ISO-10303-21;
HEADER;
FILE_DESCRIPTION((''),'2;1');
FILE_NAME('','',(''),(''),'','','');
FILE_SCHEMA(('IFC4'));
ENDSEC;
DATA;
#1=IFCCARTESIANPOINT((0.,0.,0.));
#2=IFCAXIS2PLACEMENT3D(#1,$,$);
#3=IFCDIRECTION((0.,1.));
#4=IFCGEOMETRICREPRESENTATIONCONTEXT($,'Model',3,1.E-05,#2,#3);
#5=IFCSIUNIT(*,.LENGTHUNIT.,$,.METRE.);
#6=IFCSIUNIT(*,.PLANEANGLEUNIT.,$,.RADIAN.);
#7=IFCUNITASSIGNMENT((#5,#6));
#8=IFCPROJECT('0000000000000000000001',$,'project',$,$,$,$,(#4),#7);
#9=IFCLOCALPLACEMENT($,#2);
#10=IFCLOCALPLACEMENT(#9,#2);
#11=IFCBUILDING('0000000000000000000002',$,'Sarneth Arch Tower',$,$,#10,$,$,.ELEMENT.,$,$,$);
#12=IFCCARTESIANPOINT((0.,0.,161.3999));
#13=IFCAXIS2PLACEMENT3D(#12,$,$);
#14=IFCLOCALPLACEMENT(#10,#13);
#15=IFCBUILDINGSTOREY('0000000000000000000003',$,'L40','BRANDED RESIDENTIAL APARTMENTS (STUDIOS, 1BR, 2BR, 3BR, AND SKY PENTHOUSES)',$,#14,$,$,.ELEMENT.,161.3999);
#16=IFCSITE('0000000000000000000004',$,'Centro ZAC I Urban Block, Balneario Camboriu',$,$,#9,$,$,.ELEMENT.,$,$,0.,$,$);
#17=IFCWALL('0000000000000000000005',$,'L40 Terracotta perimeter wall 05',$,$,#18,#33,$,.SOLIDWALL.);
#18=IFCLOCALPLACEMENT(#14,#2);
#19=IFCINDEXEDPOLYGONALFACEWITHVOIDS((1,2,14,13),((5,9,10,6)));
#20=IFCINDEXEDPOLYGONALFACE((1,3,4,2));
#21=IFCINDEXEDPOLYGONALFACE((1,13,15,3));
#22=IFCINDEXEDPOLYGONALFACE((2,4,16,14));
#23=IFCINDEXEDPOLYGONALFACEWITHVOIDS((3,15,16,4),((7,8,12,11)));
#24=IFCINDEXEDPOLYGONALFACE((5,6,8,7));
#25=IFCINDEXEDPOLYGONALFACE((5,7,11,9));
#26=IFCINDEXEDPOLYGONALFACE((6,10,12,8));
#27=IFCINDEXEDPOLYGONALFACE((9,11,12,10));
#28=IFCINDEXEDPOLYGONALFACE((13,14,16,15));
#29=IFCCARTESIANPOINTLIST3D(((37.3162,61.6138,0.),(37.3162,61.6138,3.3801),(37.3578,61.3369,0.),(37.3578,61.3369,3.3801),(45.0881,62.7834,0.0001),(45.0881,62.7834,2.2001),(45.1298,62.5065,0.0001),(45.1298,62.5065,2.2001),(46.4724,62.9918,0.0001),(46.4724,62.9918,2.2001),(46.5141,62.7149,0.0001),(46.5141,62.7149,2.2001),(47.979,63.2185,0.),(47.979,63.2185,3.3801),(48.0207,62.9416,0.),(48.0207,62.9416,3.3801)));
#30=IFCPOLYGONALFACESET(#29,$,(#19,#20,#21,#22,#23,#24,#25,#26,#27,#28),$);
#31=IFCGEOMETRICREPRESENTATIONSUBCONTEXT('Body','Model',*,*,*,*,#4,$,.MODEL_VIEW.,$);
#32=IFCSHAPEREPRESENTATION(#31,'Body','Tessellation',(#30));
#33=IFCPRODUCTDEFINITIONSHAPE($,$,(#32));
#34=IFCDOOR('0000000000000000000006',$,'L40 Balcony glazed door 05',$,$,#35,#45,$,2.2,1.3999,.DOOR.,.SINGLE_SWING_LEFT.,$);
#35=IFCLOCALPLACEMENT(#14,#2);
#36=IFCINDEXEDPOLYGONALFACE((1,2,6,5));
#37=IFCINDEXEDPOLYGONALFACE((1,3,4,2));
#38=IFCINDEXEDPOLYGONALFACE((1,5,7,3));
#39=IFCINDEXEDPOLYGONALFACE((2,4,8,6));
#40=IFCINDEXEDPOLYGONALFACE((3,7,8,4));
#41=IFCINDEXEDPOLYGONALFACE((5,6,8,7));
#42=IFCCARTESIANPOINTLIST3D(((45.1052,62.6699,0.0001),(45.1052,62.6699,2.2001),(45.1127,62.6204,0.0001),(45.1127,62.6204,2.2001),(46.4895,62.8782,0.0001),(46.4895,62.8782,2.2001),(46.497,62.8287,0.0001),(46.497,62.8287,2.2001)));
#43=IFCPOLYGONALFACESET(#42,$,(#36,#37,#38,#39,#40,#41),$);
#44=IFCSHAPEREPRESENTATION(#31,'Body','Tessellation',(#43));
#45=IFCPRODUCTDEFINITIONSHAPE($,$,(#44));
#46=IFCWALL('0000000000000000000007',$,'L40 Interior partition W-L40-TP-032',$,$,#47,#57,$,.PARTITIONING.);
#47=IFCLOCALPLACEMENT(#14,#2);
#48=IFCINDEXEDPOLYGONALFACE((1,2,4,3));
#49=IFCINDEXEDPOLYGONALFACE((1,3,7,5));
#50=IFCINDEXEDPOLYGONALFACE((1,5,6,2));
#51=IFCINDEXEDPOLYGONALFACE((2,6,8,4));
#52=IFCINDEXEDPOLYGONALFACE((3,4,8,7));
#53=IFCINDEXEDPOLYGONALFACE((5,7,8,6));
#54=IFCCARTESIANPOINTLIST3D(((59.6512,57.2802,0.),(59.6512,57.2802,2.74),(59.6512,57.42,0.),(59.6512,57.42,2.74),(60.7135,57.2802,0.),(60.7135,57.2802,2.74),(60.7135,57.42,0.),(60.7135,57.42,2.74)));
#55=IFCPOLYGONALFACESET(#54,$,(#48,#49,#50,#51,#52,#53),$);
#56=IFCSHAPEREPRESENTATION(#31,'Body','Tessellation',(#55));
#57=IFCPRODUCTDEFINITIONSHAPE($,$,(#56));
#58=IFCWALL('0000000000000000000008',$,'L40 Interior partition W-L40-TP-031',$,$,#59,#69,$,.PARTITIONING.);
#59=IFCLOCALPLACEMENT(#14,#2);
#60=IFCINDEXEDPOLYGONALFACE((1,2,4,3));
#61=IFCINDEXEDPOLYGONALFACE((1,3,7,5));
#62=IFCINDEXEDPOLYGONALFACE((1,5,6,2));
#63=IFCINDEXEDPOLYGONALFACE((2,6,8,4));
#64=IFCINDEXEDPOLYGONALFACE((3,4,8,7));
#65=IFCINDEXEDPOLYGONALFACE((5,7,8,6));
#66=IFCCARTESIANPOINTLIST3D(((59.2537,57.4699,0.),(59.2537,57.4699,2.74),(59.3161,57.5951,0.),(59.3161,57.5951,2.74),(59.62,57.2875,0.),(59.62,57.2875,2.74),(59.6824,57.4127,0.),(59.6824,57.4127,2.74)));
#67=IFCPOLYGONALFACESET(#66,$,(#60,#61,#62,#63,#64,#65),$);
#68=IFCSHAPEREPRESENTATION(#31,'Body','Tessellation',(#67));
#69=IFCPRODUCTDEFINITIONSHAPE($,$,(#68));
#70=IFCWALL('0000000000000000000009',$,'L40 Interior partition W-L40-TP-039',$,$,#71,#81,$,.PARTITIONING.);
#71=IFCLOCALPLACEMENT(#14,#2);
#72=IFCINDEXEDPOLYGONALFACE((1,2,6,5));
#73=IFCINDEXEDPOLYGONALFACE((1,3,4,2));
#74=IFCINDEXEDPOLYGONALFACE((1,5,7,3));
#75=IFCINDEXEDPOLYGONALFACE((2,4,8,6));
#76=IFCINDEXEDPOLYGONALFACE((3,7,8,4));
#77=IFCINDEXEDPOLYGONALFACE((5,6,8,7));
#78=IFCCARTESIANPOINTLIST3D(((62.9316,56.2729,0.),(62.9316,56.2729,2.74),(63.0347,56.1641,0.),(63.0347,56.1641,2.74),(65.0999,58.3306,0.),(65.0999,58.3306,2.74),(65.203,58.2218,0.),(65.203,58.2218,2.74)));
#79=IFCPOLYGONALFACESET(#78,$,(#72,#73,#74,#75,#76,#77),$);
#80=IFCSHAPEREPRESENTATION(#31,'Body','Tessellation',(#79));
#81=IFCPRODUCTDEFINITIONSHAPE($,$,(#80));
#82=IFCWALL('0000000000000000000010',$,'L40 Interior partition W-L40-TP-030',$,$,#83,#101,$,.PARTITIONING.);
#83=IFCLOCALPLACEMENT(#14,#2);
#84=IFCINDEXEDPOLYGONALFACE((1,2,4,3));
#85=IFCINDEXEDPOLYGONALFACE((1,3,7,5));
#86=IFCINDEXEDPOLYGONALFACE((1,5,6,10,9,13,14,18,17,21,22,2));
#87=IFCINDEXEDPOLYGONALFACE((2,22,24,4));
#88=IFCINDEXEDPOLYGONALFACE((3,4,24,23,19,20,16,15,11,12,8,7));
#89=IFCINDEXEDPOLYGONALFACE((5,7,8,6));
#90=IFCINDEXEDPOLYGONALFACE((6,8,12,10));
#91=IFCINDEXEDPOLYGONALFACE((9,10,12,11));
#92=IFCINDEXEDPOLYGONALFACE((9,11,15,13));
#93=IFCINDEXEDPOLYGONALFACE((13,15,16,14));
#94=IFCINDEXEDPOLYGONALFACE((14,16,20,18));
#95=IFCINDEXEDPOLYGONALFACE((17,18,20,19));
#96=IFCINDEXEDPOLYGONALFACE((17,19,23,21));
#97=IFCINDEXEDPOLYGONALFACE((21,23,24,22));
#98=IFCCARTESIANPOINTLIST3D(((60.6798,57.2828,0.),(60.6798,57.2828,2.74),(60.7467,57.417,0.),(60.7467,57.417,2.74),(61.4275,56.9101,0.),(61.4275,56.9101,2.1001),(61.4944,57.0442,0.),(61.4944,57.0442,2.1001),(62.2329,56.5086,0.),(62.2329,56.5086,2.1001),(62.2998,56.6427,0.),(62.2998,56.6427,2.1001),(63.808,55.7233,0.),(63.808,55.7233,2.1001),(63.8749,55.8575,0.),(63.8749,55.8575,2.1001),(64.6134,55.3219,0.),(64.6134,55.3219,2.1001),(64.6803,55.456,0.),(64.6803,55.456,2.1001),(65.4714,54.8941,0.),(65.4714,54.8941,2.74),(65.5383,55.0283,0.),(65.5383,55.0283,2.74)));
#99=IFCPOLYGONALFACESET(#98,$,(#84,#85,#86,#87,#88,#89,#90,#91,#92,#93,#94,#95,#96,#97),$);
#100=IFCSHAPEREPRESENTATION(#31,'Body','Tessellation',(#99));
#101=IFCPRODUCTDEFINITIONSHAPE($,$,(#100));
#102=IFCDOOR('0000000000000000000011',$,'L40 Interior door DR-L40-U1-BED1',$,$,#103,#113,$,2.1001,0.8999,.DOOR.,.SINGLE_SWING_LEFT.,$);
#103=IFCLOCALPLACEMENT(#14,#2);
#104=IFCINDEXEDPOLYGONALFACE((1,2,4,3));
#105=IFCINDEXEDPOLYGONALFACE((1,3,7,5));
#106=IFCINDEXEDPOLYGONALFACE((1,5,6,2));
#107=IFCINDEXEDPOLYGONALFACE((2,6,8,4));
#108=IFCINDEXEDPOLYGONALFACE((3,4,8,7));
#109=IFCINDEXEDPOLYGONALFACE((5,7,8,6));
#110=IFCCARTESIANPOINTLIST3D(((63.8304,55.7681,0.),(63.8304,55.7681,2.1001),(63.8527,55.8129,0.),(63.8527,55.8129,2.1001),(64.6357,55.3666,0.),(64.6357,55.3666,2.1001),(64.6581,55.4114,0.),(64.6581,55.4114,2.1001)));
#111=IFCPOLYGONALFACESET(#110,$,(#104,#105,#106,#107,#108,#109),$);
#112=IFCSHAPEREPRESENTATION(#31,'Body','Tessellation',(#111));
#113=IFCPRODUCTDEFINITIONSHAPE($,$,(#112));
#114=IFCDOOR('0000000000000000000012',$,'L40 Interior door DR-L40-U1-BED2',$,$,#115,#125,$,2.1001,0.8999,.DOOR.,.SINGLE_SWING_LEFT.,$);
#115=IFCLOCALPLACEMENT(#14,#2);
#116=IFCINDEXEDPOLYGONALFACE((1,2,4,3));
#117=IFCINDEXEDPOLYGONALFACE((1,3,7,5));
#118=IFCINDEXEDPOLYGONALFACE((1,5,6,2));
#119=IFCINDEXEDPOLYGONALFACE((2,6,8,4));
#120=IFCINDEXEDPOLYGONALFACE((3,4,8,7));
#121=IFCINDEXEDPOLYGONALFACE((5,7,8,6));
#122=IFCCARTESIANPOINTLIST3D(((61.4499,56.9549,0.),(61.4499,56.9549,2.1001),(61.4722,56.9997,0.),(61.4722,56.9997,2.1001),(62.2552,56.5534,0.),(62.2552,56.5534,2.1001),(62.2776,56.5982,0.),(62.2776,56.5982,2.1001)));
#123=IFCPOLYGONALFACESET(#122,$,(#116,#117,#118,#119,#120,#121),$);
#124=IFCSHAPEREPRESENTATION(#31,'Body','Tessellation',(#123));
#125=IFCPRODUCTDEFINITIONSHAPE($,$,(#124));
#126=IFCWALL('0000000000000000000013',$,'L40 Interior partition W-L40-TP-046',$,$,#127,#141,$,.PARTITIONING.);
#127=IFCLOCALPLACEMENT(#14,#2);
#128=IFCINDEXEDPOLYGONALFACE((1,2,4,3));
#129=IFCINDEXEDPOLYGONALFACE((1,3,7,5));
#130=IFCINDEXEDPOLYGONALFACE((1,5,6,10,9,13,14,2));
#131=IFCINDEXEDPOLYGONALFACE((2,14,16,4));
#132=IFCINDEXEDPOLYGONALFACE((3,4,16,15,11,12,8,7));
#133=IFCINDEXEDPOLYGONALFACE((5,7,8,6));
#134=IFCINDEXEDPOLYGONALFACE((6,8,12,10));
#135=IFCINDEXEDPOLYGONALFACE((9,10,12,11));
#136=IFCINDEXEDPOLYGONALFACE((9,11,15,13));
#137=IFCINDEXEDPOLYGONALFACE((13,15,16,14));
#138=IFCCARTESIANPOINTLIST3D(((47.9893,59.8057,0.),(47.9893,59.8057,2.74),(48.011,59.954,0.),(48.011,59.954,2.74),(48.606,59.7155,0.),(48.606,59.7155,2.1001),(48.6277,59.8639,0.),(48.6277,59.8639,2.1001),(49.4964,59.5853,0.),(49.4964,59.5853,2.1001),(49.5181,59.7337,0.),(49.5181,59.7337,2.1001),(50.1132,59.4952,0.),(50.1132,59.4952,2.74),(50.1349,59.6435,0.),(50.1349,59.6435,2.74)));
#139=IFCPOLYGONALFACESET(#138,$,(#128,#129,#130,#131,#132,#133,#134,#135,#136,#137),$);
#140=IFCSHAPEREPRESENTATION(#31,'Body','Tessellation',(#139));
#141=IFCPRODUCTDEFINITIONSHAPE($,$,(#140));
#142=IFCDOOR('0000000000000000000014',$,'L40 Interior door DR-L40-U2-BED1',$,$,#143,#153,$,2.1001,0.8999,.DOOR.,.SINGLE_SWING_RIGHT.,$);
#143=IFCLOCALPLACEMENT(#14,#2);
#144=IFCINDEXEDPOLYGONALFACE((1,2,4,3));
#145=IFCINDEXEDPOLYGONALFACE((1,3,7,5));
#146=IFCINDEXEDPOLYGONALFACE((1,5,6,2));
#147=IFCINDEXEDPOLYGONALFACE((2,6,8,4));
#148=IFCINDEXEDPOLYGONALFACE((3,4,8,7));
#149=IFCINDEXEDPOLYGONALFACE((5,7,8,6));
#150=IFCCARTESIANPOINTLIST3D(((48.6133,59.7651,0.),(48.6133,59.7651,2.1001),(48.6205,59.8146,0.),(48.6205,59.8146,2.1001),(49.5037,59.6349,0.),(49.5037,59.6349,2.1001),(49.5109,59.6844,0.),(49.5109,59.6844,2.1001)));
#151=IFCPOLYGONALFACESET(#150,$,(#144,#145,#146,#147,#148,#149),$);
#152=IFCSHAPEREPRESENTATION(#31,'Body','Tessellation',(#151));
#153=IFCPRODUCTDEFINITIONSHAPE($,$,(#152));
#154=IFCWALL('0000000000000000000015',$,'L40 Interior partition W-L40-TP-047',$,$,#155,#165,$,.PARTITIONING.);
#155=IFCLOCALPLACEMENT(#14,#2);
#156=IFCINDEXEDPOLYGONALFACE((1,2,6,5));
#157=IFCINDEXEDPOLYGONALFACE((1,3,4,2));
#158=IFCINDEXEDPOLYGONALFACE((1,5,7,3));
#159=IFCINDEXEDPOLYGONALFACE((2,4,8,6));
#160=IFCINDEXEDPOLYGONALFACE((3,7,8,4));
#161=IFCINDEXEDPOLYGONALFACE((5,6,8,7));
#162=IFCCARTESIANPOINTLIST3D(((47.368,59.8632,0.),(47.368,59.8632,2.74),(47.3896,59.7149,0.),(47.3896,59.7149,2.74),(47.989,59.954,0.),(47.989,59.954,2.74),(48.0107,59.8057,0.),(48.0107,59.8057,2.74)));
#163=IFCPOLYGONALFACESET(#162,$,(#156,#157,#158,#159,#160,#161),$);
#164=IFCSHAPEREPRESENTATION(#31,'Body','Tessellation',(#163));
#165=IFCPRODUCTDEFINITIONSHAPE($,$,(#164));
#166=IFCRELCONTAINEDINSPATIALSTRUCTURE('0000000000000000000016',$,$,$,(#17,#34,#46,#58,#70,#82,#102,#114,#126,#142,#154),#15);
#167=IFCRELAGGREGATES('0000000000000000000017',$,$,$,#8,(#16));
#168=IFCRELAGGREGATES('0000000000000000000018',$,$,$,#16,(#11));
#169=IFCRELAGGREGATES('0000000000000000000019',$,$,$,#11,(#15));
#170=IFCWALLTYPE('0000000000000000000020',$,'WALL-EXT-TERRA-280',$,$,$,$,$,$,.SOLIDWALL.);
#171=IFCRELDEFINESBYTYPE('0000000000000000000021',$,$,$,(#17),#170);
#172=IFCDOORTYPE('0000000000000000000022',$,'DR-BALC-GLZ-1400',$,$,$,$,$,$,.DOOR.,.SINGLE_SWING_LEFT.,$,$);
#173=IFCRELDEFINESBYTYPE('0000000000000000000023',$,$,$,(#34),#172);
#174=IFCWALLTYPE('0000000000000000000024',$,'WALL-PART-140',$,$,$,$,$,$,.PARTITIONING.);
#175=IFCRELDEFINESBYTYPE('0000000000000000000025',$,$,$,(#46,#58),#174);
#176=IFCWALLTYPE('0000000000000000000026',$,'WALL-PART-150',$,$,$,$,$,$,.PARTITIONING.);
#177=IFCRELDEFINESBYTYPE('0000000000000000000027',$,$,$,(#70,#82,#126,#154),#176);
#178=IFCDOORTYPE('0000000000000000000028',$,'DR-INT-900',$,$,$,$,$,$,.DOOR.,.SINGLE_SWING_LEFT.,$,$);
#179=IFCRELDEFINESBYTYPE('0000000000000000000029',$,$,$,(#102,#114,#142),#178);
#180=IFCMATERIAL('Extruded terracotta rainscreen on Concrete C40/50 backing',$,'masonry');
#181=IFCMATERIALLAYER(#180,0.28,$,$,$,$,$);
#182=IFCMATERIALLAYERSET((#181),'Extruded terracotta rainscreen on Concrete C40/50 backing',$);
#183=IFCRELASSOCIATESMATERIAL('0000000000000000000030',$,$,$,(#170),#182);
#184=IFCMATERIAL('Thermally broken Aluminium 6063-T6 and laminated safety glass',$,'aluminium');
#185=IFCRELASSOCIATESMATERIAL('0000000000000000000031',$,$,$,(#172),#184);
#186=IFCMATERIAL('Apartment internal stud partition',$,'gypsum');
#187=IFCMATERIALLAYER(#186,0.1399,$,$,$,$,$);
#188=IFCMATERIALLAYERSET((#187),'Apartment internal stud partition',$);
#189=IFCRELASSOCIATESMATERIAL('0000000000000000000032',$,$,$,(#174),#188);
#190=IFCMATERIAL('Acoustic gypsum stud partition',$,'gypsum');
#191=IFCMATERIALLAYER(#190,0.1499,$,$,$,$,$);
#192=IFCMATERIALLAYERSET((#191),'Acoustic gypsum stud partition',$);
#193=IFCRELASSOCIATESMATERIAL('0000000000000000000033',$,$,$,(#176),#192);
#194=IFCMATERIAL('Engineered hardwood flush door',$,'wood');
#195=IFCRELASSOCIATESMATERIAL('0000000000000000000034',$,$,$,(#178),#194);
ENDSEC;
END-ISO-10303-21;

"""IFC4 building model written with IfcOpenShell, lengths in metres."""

from ifc_helpers import new_model, si_unit, direction, frame, frame_2d, origin, place, context, subcontext, project, spatial, rectangle, extrude, material, layer, layer_set, type_object, element, fill, save


model = new_model("IFC4")

# Units and contexts
model_context = context("Model", 3, precision=1e-05, world=origin(), true_north=direction((0.0, 1.0)))
body_context = subcontext(model_context, "Body", "Model", "MODEL_VIEW")
ifc_project = project(units=[si_unit("LENGTHUNIT", "METRE"), si_unit("PLANEANGLEUNIT", "RADIAN")], contexts=[model_context])

# Site, building, storey
site_placement = place(None, origin())
site = spatial("IfcSite", under=ifc_project, at=site_placement, Name="Centro ZAC I Urban Block, Balneario Camboriu", CompositionType="ELEMENT", RefElevation=0.0)
building_placement = place(site_placement, origin())
building = spatial("IfcBuilding", under=site, at=building_placement, Name="Sarneth Arch Tower", CompositionType="ELEMENT")
storey_placement = place(building_placement, frame((0.0, 0.0, 161.3999)))
storey = spatial("IfcBuildingStorey", under=building, at=storey_placement, Name="L40", Description="BRANDED RESIDENTIAL APARTMENTS (STUDIOS, 1BR, 2BR, 3BR, AND SKY PENTHOUSES)", CompositionType="ELEMENT", Elevation=161.3999)

# Wall, opening, door
ifc_material_1 = material(Name="Extruded terracotta rainscreen on Concrete C40/50 backing", Category="masonry")
ifc_layer_1 = layer(ifc_material_1, 0.28)
ifc_layer_set_1 = layer_set([ifc_layer_1], Name="Extruded terracotta rainscreen on Concrete C40/50 backing")
wall_type_1 = type_object("IfcWallType", Name="WALL-EXT-TERRA-280", PredefinedType="SOLIDWALL", material=ifc_layer_set_1)
wall_1_placement = place(storey_placement, frame((48.0, 63.0801, 0.0), z_axis=(0.0, 0.0, 1.0), x_axis=(-0.988864, -0.148822, 0.0)))
wall_1 = element("IfcWall", 1, at=wall_1_placement, inside=storey, type_object=wall_type_1, Name="L40 Terracotta perimeter wall 05", PredefinedType="SOLIDWALL", context=body_context, shape_type="SweptSolid", body=[
    extrude(rectangle(XDim=10.783, YDim=0.28, at=frame_2d((5.3916, 0.0))), origin(), (0.0, 0.0, 1.0), 3.3801),
])
opening_1_placement = place(wall_1_placement, frame((1.5237, 0.0, 0.0)))
opening_1 = element("IfcOpeningElement", 2, at=opening_1_placement, cuts=wall_1, PredefinedType="OPENING", context=body_context, shape_type="SweptSolid", body=[
    extrude(rectangle(XDim=1.3999, YDim=2.2, at=frame_2d((0.7, 1.1001))), frame((0.0, 0.1499, 0.0), z_axis=(0.0, -1.0, 0.0), x_axis=(1.0, 0.0, 0.0)), (0.0, 0.0, 1.0), 0.3),
])
ifc_material_2 = material(Name="Thermally broken Aluminium 6063-T6 and laminated safety glass", Category="aluminium")
door_type_1 = type_object("IfcDoorType", Name="DR-BALC-GLZ-1400", OperationType="SINGLE_SWING_LEFT", PredefinedType="DOOR", material=ifc_material_2)
door_1_placement = place(opening_1_placement, origin())
door_1 = element("IfcDoor", 3, at=door_1_placement, inside=storey, type_object=door_type_1, Name="L40 Balcony glazed door 05", OperationType="SINGLE_SWING_LEFT", OverallHeight=2.2, OverallWidth=1.3999, PredefinedType="DOOR", context=body_context, shape_type="SweptSolid", body=[
    extrude(rectangle(XDim=1.3999, YDim=2.2, at=frame_2d((0.7, 1.1001))), frame((0.0, 0.0249, 0.0), z_axis=(0.0, -1.0, 0.0), x_axis=(1.0, 0.0, 0.0)), (0.0, 0.0, 1.0), 0.05),
])
fill(opening_1, door_1)

# Walls
ifc_material_3 = material(Name="Apartment internal stud partition", Category="gypsum")
ifc_layer_2 = layer(ifc_material_3, 0.1399)
ifc_layer_set_2 = layer_set([ifc_layer_2], Name="Apartment internal stud partition")
wall_type_2 = type_object("IfcWallType", Name="WALL-PART-140", PredefinedType="PARTITIONING", material=ifc_layer_set_2)
wall_2_placement = place(storey_placement, frame((59.6511, 57.3501, 0.0), z_axis=(0.0, 0.0, 1.0), x_axis=(1.0, 0.0, 0.0)))
element("IfcWall", 4, at=wall_2_placement, inside=storey, type_object=wall_type_2, Name="L40 Interior partition W-L40-TP-032", PredefinedType="PARTITIONING", context=body_context, shape_type="SweptSolid", body=[
    extrude(rectangle(XDim=1.0623, YDim=0.1399, at=frame_2d((0.5312, 0.0))), origin(), (0.0, 0.0, 1.0), 2.74),
])
wall_3_placement = place(storey_placement, frame((59.2849, 57.5325, 0.0), z_axis=(0.0, 0.0, 1.0), x_axis=(0.895142, -0.445781, 0.0)))
element("IfcWall", 5, at=wall_3_placement, inside=storey, type_object=wall_type_2, Name="L40 Interior partition W-L40-TP-031", PredefinedType="PARTITIONING", context=body_context, shape_type="SweptSolid", body=[
    extrude(rectangle(XDim=0.4092, YDim=0.1399, at=frame_2d((0.2046, 0.0))), origin(), (0.0, 0.0, 1.0), 2.74),
])
ifc_material_4 = material(Name="Acoustic gypsum stud partition", Category="gypsum")
ifc_layer_3 = layer(ifc_material_4, 0.1499)
ifc_layer_set_3 = layer_set([ifc_layer_3], Name="Acoustic gypsum stud partition")
wall_type_3 = type_object("IfcWallType", Name="WALL-PART-150", PredefinedType="PARTITIONING", material=ifc_layer_set_3)
wall_4_placement = place(storey_placement, frame((62.9832, 56.2185, 0.0), z_axis=(0.0, 0.0, 1.0), x_axis=(0.725364, 0.688365, 0.0)))
element("IfcWall", 6, at=wall_4_placement, inside=storey, type_object=wall_type_3, Name="L40 Interior partition W-L40-TP-039", PredefinedType="PARTITIONING", context=body_context, shape_type="SweptSolid", body=[
    extrude(rectangle(XDim=2.9893, YDim=0.1499, at=frame_2d((1.4946, 0.0))), origin(), (0.0, 0.0, 1.0), 2.74),
])

# Wall, openings, doors
wall_5_placement = place(storey_placement, frame((65.5049, 54.9612, 0.0), z_axis=(0.0, 0.0, 1.0), x_axis=(-0.894956, 0.446155, 0.0)))
wall_5 = element("IfcWall", 7, at=wall_5_placement, inside=storey, type_object=wall_type_3, Name="L40 Interior partition W-L40-TP-030", PredefinedType="PARTITIONING", context=body_context, shape_type="SweptSolid", body=[
    extrude(rectangle(XDim=5.354, YDim=0.1499, at=frame_2d((2.677, 0.0))), origin(), (0.0, 0.0, 1.0), 2.74),
])
opening_2_placement = place(wall_5_placement, frame((0.9587, 0.0, 0.0)))
opening_2 = element("IfcOpeningElement", 8, at=opening_2_placement, cuts=wall_5, PredefinedType="OPENING", context=body_context, shape_type="SweptSolid", body=[
    extrude(rectangle(XDim=0.8999, YDim=2.1001, at=frame_2d((0.45, 1.05))), frame((0.0, 0.085, 0.0), z_axis=(0.0, -1.0, 0.0), x_axis=(1.0, 0.0, 0.0)), (0.0, 0.0, 1.0), 0.1699),
])
opening_3_placement = place(wall_5_placement, frame((3.6187, 0.0, 0.0)))
opening_3 = element("IfcOpeningElement", 9, at=opening_3_placement, cuts=wall_5, PredefinedType="OPENING", context=body_context, shape_type="SweptSolid", body=[
    extrude(rectangle(XDim=0.8999, YDim=2.1001, at=frame_2d((0.45, 1.05))), frame((0.0, 0.085, 0.0), z_axis=(0.0, -1.0, 0.0), x_axis=(1.0, 0.0, 0.0)), (0.0, 0.0, 1.0), 0.1699),
])
ifc_material_5 = material(Name="Engineered hardwood flush door", Category="wood")
door_type_2 = type_object("IfcDoorType", Name="DR-INT-900", OperationType="SINGLE_SWING_LEFT", PredefinedType="DOOR", material=ifc_material_5)
door_2_placement = place(opening_2_placement, origin())
door_2 = element("IfcDoor", 10, at=door_2_placement, inside=storey, type_object=door_type_2, Name="L40 Interior door DR-L40-U1-BED1", OperationType="SINGLE_SWING_LEFT", OverallHeight=2.1001, OverallWidth=0.8999, PredefinedType="DOOR", context=body_context, shape_type="SweptSolid", body=[
    extrude(rectangle(XDim=0.8999, YDim=2.1001, at=frame_2d((0.45, 1.05))), frame((0.0, 0.0249, 0.0), z_axis=(0.0, -1.0, 0.0), x_axis=(1.0, 0.0, 0.0)), (0.0, 0.0, 1.0), 0.05),
])
fill(opening_2, door_2)
door_3_placement = place(opening_3_placement, origin())
door_3 = element("IfcDoor", 11, at=door_3_placement, inside=storey, type_object=door_type_2, Name="L40 Interior door DR-L40-U1-BED2", OperationType="SINGLE_SWING_LEFT", OverallHeight=2.1001, OverallWidth=0.8999, PredefinedType="DOOR", context=body_context, shape_type="SweptSolid", body=[
    extrude(rectangle(XDim=0.8999, YDim=2.1001, at=frame_2d((0.45, 1.05))), frame((0.0, 0.0249, 0.0), z_axis=(0.0, -1.0, 0.0), x_axis=(1.0, 0.0, 0.0)), (0.0, 0.0, 1.0), 0.05),
])
fill(opening_3, door_3)

# Wall, opening, door
wall_6_placement = place(storey_placement, frame((50.124, 59.5693, 0.0), z_axis=(0.0, 0.0, 1.0), x_axis=(-0.98948, 0.144669, 0.0)))
wall_6 = element("IfcWall", 12, at=wall_6_placement, inside=storey, type_object=wall_type_3, Name="L40 Interior partition W-L40-TP-046", PredefinedType="PARTITIONING", context=body_context, shape_type="SweptSolid", body=[
    extrude(rectangle(XDim=2.1465, YDim=0.1499, at=frame_2d((1.0732, 0.0))), origin(), (0.0, 0.0, 1.0), 2.74),
])
opening_4_placement = place(wall_6_placement, frame((0.6233, 0.0, 0.0)))
opening_4 = element("IfcOpeningElement", 13, at=opening_4_placement, cuts=wall_6, PredefinedType="OPENING", context=body_context, shape_type="SweptSolid", body=[
    extrude(rectangle(XDim=0.8999, YDim=2.1001, at=frame_2d((0.45, 1.05))), frame((0.0, 0.085, 0.0), z_axis=(0.0, -1.0, 0.0), x_axis=(1.0, 0.0, 0.0)), (0.0, 0.0, 1.0), 0.1699),
])
door_4_placement = place(opening_4_placement, origin())
door_4 = element("IfcDoor", 14, at=door_4_placement, inside=storey, type_object=door_type_2, Name="L40 Interior door DR-L40-U2-BED1", OperationType="SINGLE_SWING_RIGHT", OverallHeight=2.1001, OverallWidth=0.8999, PredefinedType="DOOR", context=body_context, shape_type="SweptSolid", body=[
    extrude(rectangle(XDim=0.8999, YDim=2.1001, at=frame_2d((0.45, 1.05))), frame((0.0, 0.0249, 0.0), z_axis=(0.0, -1.0, 0.0), x_axis=(1.0, 0.0, 0.0)), (0.0, 0.0, 1.0), 0.05),
])
fill(opening_4, door_4)

# Wall
wall_7_placement = place(storey_placement, frame((48.0, 59.8799, 0.0), z_axis=(0.0, 0.0, 1.0), x_axis=(-0.989477, -0.144688, 0.0)))
element("IfcWall", 15, at=wall_7_placement, inside=storey, type_object=wall_type_3, Name="L40 Interior partition W-L40-TP-047", PredefinedType="PARTITIONING", context=body_context, shape_type="SweptSolid", body=[
    extrude(rectangle(XDim=0.6277, YDim=0.1499, at=frame_2d((0.314, 0.0))), origin(), (0.0, 0.0, 1.0), 2.74),
])

save(model, "model.ifc")
